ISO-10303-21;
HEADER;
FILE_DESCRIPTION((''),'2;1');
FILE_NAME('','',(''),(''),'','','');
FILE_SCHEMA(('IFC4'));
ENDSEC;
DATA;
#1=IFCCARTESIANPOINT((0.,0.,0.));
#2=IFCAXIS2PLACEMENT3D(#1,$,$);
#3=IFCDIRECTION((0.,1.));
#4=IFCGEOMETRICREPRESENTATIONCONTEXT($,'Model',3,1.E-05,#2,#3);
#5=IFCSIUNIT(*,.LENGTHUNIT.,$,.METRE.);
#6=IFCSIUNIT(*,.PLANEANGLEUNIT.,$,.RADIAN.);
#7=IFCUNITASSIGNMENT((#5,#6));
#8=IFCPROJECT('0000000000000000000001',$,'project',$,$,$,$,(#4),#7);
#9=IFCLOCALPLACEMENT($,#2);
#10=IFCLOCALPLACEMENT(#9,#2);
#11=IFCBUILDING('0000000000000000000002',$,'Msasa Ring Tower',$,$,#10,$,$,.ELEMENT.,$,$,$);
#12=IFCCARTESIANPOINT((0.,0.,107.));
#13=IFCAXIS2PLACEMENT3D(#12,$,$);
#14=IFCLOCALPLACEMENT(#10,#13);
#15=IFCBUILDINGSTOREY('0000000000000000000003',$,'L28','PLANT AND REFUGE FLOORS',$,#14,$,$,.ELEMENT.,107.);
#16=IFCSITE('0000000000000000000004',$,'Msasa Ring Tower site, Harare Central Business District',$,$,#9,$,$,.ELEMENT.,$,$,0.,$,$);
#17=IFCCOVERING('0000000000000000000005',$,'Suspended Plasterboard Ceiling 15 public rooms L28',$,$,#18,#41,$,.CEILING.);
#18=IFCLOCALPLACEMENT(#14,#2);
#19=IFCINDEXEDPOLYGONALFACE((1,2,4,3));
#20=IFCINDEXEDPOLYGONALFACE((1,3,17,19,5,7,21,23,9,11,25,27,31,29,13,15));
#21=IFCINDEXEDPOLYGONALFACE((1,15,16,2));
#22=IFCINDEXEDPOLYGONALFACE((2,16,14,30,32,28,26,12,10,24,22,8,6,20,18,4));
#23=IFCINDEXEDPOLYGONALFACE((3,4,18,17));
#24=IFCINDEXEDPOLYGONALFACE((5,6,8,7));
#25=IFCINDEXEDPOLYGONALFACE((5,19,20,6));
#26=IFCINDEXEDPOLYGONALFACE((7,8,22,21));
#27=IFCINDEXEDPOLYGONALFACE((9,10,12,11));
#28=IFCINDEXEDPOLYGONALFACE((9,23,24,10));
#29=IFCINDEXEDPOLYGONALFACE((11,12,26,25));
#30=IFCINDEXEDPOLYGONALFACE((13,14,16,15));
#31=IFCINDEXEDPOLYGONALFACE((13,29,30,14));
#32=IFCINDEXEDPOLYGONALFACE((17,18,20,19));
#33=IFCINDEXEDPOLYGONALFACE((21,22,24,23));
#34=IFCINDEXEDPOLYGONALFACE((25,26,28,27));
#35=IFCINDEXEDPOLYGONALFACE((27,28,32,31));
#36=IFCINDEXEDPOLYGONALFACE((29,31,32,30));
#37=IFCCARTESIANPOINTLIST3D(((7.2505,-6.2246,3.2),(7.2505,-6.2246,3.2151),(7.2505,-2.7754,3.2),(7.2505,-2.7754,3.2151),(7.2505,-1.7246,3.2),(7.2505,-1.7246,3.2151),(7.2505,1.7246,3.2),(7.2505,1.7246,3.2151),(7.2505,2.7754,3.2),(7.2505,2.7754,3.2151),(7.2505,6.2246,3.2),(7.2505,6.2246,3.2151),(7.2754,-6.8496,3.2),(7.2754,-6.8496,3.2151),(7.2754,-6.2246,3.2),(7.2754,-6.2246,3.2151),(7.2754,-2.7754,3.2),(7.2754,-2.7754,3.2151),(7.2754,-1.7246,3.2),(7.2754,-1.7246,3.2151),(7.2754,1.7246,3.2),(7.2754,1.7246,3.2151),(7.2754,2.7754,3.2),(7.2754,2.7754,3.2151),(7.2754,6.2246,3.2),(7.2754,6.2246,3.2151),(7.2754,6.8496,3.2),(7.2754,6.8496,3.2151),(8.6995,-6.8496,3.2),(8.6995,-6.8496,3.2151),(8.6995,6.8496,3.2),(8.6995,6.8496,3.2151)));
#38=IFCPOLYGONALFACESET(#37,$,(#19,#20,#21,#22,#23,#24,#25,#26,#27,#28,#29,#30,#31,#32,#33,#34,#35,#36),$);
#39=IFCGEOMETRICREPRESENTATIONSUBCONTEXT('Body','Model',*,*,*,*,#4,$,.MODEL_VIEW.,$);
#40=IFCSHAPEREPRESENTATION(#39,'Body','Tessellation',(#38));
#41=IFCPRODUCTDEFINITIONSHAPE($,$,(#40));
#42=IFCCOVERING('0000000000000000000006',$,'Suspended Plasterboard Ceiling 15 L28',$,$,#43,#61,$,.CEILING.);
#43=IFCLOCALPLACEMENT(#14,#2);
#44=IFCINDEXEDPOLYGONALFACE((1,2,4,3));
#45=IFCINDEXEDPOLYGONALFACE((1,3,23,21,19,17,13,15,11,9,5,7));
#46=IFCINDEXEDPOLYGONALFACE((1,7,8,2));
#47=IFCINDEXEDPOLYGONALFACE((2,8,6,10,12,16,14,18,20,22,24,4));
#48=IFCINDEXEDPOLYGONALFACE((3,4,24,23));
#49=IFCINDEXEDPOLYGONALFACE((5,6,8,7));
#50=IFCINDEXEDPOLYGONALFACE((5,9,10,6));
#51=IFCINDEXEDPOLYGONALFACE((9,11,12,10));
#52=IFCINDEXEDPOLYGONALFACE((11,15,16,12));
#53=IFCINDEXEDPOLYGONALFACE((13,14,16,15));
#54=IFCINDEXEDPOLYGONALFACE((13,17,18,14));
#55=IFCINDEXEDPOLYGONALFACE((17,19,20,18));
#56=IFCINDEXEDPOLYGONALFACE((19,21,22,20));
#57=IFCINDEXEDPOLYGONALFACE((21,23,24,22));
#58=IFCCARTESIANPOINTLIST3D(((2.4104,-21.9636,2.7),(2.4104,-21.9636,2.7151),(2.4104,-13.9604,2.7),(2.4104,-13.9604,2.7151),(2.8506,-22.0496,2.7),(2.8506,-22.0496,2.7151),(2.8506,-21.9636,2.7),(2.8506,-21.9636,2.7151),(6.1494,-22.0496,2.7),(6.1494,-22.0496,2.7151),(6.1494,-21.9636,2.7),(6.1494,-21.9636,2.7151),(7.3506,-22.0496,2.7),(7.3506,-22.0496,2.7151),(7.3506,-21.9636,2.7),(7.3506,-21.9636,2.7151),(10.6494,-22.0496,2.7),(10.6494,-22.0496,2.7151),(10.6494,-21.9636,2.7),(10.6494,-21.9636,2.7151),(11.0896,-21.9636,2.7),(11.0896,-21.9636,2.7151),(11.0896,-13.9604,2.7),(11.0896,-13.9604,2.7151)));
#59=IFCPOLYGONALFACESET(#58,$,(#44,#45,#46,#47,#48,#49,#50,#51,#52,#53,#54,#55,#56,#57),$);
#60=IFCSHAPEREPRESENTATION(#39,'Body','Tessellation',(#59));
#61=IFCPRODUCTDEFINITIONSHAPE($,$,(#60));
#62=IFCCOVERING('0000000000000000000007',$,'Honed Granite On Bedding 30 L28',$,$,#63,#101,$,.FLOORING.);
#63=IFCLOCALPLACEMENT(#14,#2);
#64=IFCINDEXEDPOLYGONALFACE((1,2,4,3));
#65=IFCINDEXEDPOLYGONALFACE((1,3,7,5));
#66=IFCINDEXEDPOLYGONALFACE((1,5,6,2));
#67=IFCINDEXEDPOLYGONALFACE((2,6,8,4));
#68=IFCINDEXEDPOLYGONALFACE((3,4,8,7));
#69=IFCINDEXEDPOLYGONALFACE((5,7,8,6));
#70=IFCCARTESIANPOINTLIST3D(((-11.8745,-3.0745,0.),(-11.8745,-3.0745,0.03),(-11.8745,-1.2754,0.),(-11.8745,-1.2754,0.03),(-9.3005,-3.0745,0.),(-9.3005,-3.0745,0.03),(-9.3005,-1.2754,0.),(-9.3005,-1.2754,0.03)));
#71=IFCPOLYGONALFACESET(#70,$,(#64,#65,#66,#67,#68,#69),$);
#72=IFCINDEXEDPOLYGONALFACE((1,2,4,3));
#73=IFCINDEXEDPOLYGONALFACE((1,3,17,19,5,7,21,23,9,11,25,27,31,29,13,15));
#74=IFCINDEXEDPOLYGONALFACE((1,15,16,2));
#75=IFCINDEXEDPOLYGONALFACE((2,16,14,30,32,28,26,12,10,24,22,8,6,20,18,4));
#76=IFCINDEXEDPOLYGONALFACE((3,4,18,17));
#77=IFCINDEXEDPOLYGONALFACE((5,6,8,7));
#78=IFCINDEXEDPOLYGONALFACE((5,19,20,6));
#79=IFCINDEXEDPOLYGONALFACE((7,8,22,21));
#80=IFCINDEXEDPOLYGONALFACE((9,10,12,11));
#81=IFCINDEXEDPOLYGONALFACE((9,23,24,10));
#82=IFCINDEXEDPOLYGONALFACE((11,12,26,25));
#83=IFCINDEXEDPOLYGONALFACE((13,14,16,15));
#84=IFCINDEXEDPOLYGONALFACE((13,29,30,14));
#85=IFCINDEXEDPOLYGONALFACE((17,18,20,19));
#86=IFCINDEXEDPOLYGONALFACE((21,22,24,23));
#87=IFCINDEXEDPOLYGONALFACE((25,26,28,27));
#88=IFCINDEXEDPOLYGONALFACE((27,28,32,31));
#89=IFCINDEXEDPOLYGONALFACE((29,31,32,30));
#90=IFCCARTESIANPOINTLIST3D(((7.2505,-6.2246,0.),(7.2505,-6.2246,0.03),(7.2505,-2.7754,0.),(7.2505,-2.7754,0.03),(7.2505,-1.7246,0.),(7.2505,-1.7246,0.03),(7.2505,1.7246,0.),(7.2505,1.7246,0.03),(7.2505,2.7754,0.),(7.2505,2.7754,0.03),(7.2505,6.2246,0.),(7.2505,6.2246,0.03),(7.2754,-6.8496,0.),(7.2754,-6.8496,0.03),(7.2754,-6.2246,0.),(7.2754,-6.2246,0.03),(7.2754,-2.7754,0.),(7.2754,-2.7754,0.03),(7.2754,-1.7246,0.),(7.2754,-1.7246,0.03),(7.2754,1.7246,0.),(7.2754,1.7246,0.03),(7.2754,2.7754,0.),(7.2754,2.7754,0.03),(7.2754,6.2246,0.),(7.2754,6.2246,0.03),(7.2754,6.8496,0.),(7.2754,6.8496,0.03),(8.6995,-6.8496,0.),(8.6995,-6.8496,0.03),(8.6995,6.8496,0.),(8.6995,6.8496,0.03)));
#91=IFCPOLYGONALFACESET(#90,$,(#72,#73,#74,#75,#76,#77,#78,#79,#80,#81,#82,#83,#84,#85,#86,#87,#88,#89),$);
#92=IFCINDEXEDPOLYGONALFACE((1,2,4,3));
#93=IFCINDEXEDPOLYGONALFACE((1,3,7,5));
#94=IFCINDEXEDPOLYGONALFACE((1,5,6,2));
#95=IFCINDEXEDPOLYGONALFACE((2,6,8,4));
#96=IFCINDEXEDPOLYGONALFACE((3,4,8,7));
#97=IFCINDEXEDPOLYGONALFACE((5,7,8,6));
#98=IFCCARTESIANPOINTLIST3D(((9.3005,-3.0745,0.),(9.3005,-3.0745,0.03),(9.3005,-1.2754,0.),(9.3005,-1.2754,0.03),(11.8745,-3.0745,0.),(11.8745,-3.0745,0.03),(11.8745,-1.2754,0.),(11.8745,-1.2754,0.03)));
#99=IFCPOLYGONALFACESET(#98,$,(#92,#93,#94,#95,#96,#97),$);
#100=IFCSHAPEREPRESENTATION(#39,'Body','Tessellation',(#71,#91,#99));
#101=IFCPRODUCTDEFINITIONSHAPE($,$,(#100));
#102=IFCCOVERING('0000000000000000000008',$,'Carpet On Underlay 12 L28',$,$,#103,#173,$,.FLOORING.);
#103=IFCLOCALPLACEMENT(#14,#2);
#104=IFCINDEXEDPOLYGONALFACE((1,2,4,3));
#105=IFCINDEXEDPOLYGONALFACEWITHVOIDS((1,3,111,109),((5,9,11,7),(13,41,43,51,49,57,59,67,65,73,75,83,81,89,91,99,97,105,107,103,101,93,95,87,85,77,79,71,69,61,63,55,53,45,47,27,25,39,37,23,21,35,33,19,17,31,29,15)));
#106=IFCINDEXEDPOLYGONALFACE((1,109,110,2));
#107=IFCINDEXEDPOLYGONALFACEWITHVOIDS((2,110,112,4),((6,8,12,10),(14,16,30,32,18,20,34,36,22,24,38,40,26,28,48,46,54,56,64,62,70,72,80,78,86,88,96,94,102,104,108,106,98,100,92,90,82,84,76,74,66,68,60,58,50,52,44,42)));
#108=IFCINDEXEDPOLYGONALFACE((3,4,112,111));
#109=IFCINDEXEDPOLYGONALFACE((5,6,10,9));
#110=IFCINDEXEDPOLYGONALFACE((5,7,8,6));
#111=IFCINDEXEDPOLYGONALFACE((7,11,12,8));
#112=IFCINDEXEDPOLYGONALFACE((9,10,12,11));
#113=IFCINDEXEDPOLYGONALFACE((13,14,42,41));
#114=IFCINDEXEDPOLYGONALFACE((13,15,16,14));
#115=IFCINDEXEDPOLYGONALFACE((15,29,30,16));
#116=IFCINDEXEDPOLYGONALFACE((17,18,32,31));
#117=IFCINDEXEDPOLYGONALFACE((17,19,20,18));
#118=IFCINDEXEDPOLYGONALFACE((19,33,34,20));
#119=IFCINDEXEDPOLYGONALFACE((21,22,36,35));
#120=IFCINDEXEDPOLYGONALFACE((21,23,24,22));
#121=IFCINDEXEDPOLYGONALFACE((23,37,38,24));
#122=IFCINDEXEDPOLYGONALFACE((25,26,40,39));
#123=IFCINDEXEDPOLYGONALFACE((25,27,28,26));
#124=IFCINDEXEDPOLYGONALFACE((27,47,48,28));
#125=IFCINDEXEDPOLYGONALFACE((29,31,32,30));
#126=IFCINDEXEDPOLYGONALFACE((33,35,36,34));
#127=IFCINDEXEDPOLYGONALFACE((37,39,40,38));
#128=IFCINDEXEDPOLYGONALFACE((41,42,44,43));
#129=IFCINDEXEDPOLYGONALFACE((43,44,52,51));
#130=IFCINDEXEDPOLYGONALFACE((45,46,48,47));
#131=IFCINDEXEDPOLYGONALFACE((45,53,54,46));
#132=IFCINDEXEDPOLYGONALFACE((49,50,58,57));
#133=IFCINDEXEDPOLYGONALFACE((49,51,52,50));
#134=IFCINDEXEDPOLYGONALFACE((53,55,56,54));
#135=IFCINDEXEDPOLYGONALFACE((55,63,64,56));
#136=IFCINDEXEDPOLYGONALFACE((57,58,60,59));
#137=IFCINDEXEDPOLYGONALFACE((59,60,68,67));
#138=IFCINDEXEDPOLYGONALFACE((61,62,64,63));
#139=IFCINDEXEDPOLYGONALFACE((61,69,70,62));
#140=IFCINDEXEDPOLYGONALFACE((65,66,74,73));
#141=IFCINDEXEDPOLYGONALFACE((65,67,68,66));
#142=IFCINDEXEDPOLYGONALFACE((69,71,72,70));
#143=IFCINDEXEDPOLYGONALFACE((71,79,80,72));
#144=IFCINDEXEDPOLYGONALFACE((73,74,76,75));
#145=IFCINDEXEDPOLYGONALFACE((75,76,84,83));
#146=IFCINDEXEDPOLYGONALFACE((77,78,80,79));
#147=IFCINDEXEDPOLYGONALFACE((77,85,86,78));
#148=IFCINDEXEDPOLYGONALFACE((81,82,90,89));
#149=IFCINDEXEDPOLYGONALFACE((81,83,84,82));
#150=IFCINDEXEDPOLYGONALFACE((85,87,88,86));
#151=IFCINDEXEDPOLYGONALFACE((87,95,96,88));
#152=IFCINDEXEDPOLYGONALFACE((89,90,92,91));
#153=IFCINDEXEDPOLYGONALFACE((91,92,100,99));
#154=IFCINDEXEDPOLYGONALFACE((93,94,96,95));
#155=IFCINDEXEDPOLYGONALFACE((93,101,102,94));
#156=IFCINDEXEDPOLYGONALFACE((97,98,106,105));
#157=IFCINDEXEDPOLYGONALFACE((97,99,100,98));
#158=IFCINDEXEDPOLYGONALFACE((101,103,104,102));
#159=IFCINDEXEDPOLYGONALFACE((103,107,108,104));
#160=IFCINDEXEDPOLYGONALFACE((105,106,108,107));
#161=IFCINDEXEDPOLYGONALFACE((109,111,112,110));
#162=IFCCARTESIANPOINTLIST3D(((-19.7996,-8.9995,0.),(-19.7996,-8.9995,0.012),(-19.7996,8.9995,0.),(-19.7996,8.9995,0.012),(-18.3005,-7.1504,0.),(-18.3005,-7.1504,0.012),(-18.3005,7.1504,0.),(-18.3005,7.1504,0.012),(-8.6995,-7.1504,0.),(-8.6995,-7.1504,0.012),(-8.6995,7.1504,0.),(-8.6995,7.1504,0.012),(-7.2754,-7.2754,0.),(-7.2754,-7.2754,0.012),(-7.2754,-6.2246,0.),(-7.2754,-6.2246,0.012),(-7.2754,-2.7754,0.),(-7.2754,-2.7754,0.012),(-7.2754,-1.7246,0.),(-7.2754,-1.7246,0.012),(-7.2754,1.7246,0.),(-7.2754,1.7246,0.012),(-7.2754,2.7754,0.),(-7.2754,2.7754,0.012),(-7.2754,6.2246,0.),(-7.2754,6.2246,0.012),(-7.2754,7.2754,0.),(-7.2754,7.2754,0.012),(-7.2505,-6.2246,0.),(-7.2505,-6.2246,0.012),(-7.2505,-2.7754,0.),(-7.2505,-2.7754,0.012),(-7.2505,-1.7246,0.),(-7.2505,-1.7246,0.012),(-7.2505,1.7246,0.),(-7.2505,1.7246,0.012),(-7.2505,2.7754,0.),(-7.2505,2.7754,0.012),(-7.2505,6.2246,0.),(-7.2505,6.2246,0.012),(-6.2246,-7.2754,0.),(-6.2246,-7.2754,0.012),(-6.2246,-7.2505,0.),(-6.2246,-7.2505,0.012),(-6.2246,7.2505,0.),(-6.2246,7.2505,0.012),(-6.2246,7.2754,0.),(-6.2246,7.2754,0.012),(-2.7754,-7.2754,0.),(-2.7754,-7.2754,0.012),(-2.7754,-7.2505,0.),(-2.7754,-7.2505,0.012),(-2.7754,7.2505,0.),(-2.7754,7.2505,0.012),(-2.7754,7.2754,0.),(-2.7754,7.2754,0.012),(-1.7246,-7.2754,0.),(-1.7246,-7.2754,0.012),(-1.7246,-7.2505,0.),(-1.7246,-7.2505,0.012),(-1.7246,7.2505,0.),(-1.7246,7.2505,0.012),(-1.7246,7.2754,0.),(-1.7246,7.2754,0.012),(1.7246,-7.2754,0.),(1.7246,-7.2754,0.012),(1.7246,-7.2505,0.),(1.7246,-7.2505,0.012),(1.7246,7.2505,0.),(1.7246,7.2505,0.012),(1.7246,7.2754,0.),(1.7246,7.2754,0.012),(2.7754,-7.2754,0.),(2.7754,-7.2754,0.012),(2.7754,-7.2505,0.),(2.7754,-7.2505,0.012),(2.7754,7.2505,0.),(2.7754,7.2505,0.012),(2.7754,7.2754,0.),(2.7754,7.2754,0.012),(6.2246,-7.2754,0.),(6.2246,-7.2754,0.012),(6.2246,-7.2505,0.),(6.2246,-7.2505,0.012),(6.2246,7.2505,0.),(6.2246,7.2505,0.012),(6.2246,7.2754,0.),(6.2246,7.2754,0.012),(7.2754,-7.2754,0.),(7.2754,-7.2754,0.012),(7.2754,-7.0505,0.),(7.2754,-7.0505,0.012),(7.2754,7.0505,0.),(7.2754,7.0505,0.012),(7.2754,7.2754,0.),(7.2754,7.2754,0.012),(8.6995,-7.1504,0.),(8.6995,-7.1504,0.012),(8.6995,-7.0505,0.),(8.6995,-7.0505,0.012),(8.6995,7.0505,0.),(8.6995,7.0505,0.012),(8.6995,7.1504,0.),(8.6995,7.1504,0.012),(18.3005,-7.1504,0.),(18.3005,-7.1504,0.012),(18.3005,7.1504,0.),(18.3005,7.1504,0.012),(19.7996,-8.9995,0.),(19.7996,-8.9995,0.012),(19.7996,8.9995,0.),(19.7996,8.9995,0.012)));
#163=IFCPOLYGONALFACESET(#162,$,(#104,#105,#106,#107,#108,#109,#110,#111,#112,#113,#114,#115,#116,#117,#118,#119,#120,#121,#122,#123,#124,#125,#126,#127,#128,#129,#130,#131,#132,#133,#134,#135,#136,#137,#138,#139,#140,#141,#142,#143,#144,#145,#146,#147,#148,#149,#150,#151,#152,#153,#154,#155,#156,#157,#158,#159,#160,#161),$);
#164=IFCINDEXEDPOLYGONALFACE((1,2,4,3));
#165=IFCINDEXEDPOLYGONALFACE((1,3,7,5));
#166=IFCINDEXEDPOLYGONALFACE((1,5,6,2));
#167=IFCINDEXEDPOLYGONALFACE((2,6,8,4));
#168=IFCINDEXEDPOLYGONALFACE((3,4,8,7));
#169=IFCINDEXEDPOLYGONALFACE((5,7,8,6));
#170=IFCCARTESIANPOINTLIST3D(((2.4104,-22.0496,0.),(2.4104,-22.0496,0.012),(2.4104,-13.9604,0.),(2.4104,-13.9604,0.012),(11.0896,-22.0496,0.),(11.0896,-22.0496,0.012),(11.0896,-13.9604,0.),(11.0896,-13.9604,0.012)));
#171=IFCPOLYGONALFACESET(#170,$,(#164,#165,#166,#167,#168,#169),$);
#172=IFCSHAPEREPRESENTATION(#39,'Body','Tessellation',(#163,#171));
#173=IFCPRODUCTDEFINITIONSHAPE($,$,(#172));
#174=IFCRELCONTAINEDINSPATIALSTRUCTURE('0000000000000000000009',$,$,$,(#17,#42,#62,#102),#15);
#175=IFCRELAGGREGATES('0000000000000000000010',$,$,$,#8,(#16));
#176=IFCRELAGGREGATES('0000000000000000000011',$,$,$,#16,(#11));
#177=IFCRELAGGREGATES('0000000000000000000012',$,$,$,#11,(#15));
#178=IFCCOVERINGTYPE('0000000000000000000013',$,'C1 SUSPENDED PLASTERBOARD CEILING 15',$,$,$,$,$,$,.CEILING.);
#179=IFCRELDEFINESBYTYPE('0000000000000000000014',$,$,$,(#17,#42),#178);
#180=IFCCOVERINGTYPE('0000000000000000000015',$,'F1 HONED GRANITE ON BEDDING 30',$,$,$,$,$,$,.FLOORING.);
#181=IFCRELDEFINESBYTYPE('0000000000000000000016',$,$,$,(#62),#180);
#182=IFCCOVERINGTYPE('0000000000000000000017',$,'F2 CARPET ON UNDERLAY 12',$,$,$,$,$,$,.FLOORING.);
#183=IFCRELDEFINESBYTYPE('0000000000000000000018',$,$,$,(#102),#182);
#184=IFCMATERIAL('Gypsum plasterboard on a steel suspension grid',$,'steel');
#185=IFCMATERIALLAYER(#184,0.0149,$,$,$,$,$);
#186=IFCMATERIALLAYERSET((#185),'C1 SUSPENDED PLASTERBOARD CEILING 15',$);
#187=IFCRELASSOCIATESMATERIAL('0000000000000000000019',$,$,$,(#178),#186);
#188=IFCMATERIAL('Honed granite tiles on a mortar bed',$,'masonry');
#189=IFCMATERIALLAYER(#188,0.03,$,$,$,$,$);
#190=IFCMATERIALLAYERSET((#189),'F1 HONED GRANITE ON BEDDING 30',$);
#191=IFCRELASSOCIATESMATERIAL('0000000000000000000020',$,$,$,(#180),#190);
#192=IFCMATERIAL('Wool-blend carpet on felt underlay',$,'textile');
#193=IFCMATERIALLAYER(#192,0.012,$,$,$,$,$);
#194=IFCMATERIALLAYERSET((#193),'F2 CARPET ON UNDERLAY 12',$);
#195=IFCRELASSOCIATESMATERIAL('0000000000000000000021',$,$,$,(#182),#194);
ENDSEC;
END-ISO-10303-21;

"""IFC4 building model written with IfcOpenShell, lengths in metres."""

from ifc_helpers import new_model, si_unit, direction, frame, origin, place, context, subcontext, project, spatial, line, indexed_curve, outline, extrude, material, layer, layer_set, type_object, element, save


model = new_model("IFC4")

# Units and contexts
model_context = context("Model", 3, precision=1e-05, world=origin(), true_north=direction((0.0, 1.0)))
body_context = subcontext(model_context, "Body", "Model", "MODEL_VIEW")
ifc_project = project(units=[si_unit("LENGTHUNIT", "METRE"), si_unit("PLANEANGLEUNIT", "RADIAN")], contexts=[model_context])

# Site, building, storey
site_placement = place(None, origin())
site = spatial("IfcSite", under=ifc_project, at=site_placement, Name="Msasa Ring Tower site, Harare Central Business District", CompositionType="ELEMENT", RefElevation=0.0)
building_placement = place(site_placement, origin())
building = spatial("IfcBuilding", under=site, at=building_placement, Name="Msasa Ring Tower", CompositionType="ELEMENT")
storey_placement = place(building_placement, frame((0.0, 0.0, 107.0)))
storey = spatial("IfcBuildingStorey", under=building, at=storey_placement, Name="L28", Description="PLANT AND REFUGE FLOORS", CompositionType="ELEMENT", Elevation=107.0)

# Coverings
ifc_material_1 = material(Name="Gypsum plasterboard on a steel suspension grid", Category="steel")
ifc_layer_1 = layer(ifc_material_1, 0.0149)
ifc_layer_set_1 = layer_set([ifc_layer_1], Name="C1 SUSPENDED PLASTERBOARD CEILING 15")
covering_type_1 = type_object("IfcCoveringType", Name="C1 SUSPENDED PLASTERBOARD CEILING 15", PredefinedType="CEILING", material=ifc_layer_set_1)
covering_1_placement = place(storey_placement, frame((0.0, 0.0, 3.2)))
element("IfcCovering", 1, at=covering_1_placement, inside=storey, type_object=covering_type_1, Name="Suspended Plasterboard Ceiling 15 public rooms L28", PredefinedType="CEILING", context=body_context, shape_type="SweptSolid", body=[
    extrude(outline(indexed_curve([(8.6995, 6.8496), (8.6995, -6.8496), (7.2754, -6.8496), (7.2754, -6.2246), (7.2505, -6.2246), (7.2505, -2.7754), (7.2754, -2.7754), (7.2754, -1.7246), (7.2505, -1.7246), (7.2505, 1.7246), (7.2754, 1.7246), (7.2754, 2.7754), (7.2505, 2.7754), (7.2505, 6.2246), (7.2754, 6.2246), (7.2754, 6.8496)], segments=[line(1, 2, 3, 4, 5, 6, 7, 8, 9, 10, 11, 12, 13, 14, 15, 16, 1)], self_intersect=False)), origin(), (0.0, 0.0, 1.0), 0.0151),
])
covering_2_placement = place(storey_placement, frame((0.0, 0.0, 2.7)))
element("IfcCovering", 2, at=covering_2_placement, inside=storey, type_object=covering_type_1, Name="Suspended Plasterboard Ceiling 15 L28", PredefinedType="CEILING", context=body_context, shape_type="SweptSolid", body=[
    extrude(outline(indexed_curve([(11.0896, -13.9604), (11.0896, -21.9636), (10.6494, -21.9636), (10.6494, -22.0496), (7.3506, -22.0496), (7.3506, -21.9636), (6.1494, -21.9636), (6.1494, -22.0496), (2.8506, -22.0496), (2.8506, -21.9636), (2.4104, -21.9636), (2.4104, -13.9604)], segments=[line(1, 2, 3, 4, 5, 6, 7, 8, 9, 10, 11, 12, 1)], self_intersect=False)), origin(), (0.0, 0.0, 1.0), 0.0151),
])
ifc_material_2 = material(Name="Honed granite tiles on a mortar bed", Category="masonry")
ifc_layer_2 = layer(ifc_material_2, 0.03)
ifc_layer_set_2 = layer_set([ifc_layer_2], Name="F1 HONED GRANITE ON BEDDING 30")
covering_type_2 = type_object("IfcCoveringType", Name="F1 HONED GRANITE ON BEDDING 30", PredefinedType="FLOORING", material=ifc_layer_set_2)
covering_3_placement = place(storey_placement, origin())
element("IfcCovering", 3, at=covering_3_placement, inside=storey, type_object=covering_type_2, Name="Honed Granite On Bedding 30 L28", PredefinedType="FLOORING", context=body_context, shape_type="SweptSolid", body=[
    extrude(outline(indexed_curve([(-9.3005, -3.0745), (-11.8745, -3.0745), (-11.8745, -1.2754), (-9.3005, -1.2754)], segments=[line(1, 2, 3, 4, 1)], self_intersect=False)), origin(), (0.0, 0.0, 1.0), 0.03),
    extrude(outline(indexed_curve([(7.2754, -6.8496), (7.2754, -6.2246), (7.2505, -6.2246), (7.2505, -2.7754), (7.2754, -2.7754), (7.2754, -1.7246), (7.2505, -1.7246), (7.2505, 1.7246), (7.2754, 1.7246), (7.2754, 2.7754), (7.2505, 2.7754), (7.2505, 6.2246), (7.2754, 6.2246), (7.2754, 6.8496), (8.6995, 6.8496), (8.6995, -6.8496)], segments=[line(1, 2, 3, 4, 5, 6, 7, 8, 9, 10, 11, 12, 13, 14, 15, 16, 1)], self_intersect=False)), origin(), (0.0, 0.0, 1.0), 0.03),
    extrude(outline(indexed_curve([(9.3005, -3.0745), (9.3005, -1.2754), (11.8745, -1.2754), (11.8745, -3.0745)], segments=[line(1, 2, 3, 4, 1)], self_intersect=False)), origin(), (0.0, 0.0, 1.0), 0.03),
])
ifc_material_3 = material(Name="Wool-blend carpet on felt underlay", Category="textile")
ifc_layer_3 = layer(ifc_material_3, 0.012)
ifc_layer_set_3 = layer_set([ifc_layer_3], Name="F2 CARPET ON UNDERLAY 12")
covering_type_3 = type_object("IfcCoveringType", Name="F2 CARPET ON UNDERLAY 12", PredefinedType="FLOORING", material=ifc_layer_set_3)
covering_4_placement = place(storey_placement, origin())
element("IfcCovering", 4, at=covering_4_placement, inside=storey, type_object=covering_type_3, Name="Carpet On Underlay 12 L28", PredefinedType="FLOORING", context=body_context, shape_type="SweptSolid", body=[
    extrude(outline(indexed_curve([(-19.7996, -8.9995), (-19.7996, 8.9995), (19.7996, 8.9995), (19.7996, -8.9995)], segments=[line(1, 2, 3, 4, 1)], self_intersect=False), holes=[indexed_curve([(8.6995, 7.0505), (7.2754, 7.0505), (7.2754, 7.2754), (6.2246, 7.2754), (6.2246, 7.2505), (2.7754, 7.2505), (2.7754, 7.2754), (1.7246, 7.2754), (1.7246, 7.2505), (-1.7246, 7.2505), (-1.7246, 7.2754), (-2.7754, 7.2754), (-2.7754, 7.2505), (-6.2246, 7.2505), (-6.2246, 7.2754), (-7.2754, 7.2754), (-7.2754, 6.2246), (-7.2505, 6.2246), (-7.2505, 2.7754), (-7.2754, 2.7754), (-7.2754, 1.7246), (-7.2505, 1.7246), (-7.2505, -1.7246), (-7.2754, -1.7246), (-7.2754, -2.7754), (-7.2505, -2.7754), (-7.2505, -6.2246), (-7.2754, -6.2246), (-7.2754, -7.2754), (-6.2246, -7.2754), (-6.2246, -7.2505), (-2.7754, -7.2505), (-2.7754, -7.2754), (-1.7246, -7.2754), (-1.7246, -7.2505), (1.7246, -7.2505), (1.7246, -7.2754), (2.7754, -7.2754), (2.7754, -7.2505), (6.2246, -7.2505), (6.2246, -7.2754), (7.2754, -7.2754), (7.2754, -7.0505), (8.6995, -7.0505), (8.6995, -7.1504), (18.3005, -7.1504), (18.3005, 7.1504), (8.6995, 7.1504)], segments=[line(1, 2, 3, 4, 5, 6, 7, 8, 9, 10, 11, 12, 13, 14, 15, 16, 17, 18, 19, 20, 21, 22, 23, 24, 25, 26, 27, 28, 29, 30, 31, 32, 33, 34, 35, 36, 37, 38, 39, 40, 41, 42, 43, 44, 45, 46, 47, 48, 1)], self_intersect=False), indexed_curve([(-18.3005, 7.1504), (-18.3005, -7.1504), (-8.6995, -7.1504), (-8.6995, 7.1504)], segments=[line(1, 2, 3, 4, 1)], self_intersect=False)]), origin(), (0.0, 0.0, 1.0), 0.012),
    extrude(outline(indexed_curve([(2.4104, -13.9604), (11.0896, -13.9604), (11.0896, -22.0496), (2.4104, -22.0496)], segments=[line(1, 2, 3, 4, 1)], self_intersect=False)), origin(), (0.0, 0.0, 1.0), 0.012),
])

save(model, "model.ifc")
